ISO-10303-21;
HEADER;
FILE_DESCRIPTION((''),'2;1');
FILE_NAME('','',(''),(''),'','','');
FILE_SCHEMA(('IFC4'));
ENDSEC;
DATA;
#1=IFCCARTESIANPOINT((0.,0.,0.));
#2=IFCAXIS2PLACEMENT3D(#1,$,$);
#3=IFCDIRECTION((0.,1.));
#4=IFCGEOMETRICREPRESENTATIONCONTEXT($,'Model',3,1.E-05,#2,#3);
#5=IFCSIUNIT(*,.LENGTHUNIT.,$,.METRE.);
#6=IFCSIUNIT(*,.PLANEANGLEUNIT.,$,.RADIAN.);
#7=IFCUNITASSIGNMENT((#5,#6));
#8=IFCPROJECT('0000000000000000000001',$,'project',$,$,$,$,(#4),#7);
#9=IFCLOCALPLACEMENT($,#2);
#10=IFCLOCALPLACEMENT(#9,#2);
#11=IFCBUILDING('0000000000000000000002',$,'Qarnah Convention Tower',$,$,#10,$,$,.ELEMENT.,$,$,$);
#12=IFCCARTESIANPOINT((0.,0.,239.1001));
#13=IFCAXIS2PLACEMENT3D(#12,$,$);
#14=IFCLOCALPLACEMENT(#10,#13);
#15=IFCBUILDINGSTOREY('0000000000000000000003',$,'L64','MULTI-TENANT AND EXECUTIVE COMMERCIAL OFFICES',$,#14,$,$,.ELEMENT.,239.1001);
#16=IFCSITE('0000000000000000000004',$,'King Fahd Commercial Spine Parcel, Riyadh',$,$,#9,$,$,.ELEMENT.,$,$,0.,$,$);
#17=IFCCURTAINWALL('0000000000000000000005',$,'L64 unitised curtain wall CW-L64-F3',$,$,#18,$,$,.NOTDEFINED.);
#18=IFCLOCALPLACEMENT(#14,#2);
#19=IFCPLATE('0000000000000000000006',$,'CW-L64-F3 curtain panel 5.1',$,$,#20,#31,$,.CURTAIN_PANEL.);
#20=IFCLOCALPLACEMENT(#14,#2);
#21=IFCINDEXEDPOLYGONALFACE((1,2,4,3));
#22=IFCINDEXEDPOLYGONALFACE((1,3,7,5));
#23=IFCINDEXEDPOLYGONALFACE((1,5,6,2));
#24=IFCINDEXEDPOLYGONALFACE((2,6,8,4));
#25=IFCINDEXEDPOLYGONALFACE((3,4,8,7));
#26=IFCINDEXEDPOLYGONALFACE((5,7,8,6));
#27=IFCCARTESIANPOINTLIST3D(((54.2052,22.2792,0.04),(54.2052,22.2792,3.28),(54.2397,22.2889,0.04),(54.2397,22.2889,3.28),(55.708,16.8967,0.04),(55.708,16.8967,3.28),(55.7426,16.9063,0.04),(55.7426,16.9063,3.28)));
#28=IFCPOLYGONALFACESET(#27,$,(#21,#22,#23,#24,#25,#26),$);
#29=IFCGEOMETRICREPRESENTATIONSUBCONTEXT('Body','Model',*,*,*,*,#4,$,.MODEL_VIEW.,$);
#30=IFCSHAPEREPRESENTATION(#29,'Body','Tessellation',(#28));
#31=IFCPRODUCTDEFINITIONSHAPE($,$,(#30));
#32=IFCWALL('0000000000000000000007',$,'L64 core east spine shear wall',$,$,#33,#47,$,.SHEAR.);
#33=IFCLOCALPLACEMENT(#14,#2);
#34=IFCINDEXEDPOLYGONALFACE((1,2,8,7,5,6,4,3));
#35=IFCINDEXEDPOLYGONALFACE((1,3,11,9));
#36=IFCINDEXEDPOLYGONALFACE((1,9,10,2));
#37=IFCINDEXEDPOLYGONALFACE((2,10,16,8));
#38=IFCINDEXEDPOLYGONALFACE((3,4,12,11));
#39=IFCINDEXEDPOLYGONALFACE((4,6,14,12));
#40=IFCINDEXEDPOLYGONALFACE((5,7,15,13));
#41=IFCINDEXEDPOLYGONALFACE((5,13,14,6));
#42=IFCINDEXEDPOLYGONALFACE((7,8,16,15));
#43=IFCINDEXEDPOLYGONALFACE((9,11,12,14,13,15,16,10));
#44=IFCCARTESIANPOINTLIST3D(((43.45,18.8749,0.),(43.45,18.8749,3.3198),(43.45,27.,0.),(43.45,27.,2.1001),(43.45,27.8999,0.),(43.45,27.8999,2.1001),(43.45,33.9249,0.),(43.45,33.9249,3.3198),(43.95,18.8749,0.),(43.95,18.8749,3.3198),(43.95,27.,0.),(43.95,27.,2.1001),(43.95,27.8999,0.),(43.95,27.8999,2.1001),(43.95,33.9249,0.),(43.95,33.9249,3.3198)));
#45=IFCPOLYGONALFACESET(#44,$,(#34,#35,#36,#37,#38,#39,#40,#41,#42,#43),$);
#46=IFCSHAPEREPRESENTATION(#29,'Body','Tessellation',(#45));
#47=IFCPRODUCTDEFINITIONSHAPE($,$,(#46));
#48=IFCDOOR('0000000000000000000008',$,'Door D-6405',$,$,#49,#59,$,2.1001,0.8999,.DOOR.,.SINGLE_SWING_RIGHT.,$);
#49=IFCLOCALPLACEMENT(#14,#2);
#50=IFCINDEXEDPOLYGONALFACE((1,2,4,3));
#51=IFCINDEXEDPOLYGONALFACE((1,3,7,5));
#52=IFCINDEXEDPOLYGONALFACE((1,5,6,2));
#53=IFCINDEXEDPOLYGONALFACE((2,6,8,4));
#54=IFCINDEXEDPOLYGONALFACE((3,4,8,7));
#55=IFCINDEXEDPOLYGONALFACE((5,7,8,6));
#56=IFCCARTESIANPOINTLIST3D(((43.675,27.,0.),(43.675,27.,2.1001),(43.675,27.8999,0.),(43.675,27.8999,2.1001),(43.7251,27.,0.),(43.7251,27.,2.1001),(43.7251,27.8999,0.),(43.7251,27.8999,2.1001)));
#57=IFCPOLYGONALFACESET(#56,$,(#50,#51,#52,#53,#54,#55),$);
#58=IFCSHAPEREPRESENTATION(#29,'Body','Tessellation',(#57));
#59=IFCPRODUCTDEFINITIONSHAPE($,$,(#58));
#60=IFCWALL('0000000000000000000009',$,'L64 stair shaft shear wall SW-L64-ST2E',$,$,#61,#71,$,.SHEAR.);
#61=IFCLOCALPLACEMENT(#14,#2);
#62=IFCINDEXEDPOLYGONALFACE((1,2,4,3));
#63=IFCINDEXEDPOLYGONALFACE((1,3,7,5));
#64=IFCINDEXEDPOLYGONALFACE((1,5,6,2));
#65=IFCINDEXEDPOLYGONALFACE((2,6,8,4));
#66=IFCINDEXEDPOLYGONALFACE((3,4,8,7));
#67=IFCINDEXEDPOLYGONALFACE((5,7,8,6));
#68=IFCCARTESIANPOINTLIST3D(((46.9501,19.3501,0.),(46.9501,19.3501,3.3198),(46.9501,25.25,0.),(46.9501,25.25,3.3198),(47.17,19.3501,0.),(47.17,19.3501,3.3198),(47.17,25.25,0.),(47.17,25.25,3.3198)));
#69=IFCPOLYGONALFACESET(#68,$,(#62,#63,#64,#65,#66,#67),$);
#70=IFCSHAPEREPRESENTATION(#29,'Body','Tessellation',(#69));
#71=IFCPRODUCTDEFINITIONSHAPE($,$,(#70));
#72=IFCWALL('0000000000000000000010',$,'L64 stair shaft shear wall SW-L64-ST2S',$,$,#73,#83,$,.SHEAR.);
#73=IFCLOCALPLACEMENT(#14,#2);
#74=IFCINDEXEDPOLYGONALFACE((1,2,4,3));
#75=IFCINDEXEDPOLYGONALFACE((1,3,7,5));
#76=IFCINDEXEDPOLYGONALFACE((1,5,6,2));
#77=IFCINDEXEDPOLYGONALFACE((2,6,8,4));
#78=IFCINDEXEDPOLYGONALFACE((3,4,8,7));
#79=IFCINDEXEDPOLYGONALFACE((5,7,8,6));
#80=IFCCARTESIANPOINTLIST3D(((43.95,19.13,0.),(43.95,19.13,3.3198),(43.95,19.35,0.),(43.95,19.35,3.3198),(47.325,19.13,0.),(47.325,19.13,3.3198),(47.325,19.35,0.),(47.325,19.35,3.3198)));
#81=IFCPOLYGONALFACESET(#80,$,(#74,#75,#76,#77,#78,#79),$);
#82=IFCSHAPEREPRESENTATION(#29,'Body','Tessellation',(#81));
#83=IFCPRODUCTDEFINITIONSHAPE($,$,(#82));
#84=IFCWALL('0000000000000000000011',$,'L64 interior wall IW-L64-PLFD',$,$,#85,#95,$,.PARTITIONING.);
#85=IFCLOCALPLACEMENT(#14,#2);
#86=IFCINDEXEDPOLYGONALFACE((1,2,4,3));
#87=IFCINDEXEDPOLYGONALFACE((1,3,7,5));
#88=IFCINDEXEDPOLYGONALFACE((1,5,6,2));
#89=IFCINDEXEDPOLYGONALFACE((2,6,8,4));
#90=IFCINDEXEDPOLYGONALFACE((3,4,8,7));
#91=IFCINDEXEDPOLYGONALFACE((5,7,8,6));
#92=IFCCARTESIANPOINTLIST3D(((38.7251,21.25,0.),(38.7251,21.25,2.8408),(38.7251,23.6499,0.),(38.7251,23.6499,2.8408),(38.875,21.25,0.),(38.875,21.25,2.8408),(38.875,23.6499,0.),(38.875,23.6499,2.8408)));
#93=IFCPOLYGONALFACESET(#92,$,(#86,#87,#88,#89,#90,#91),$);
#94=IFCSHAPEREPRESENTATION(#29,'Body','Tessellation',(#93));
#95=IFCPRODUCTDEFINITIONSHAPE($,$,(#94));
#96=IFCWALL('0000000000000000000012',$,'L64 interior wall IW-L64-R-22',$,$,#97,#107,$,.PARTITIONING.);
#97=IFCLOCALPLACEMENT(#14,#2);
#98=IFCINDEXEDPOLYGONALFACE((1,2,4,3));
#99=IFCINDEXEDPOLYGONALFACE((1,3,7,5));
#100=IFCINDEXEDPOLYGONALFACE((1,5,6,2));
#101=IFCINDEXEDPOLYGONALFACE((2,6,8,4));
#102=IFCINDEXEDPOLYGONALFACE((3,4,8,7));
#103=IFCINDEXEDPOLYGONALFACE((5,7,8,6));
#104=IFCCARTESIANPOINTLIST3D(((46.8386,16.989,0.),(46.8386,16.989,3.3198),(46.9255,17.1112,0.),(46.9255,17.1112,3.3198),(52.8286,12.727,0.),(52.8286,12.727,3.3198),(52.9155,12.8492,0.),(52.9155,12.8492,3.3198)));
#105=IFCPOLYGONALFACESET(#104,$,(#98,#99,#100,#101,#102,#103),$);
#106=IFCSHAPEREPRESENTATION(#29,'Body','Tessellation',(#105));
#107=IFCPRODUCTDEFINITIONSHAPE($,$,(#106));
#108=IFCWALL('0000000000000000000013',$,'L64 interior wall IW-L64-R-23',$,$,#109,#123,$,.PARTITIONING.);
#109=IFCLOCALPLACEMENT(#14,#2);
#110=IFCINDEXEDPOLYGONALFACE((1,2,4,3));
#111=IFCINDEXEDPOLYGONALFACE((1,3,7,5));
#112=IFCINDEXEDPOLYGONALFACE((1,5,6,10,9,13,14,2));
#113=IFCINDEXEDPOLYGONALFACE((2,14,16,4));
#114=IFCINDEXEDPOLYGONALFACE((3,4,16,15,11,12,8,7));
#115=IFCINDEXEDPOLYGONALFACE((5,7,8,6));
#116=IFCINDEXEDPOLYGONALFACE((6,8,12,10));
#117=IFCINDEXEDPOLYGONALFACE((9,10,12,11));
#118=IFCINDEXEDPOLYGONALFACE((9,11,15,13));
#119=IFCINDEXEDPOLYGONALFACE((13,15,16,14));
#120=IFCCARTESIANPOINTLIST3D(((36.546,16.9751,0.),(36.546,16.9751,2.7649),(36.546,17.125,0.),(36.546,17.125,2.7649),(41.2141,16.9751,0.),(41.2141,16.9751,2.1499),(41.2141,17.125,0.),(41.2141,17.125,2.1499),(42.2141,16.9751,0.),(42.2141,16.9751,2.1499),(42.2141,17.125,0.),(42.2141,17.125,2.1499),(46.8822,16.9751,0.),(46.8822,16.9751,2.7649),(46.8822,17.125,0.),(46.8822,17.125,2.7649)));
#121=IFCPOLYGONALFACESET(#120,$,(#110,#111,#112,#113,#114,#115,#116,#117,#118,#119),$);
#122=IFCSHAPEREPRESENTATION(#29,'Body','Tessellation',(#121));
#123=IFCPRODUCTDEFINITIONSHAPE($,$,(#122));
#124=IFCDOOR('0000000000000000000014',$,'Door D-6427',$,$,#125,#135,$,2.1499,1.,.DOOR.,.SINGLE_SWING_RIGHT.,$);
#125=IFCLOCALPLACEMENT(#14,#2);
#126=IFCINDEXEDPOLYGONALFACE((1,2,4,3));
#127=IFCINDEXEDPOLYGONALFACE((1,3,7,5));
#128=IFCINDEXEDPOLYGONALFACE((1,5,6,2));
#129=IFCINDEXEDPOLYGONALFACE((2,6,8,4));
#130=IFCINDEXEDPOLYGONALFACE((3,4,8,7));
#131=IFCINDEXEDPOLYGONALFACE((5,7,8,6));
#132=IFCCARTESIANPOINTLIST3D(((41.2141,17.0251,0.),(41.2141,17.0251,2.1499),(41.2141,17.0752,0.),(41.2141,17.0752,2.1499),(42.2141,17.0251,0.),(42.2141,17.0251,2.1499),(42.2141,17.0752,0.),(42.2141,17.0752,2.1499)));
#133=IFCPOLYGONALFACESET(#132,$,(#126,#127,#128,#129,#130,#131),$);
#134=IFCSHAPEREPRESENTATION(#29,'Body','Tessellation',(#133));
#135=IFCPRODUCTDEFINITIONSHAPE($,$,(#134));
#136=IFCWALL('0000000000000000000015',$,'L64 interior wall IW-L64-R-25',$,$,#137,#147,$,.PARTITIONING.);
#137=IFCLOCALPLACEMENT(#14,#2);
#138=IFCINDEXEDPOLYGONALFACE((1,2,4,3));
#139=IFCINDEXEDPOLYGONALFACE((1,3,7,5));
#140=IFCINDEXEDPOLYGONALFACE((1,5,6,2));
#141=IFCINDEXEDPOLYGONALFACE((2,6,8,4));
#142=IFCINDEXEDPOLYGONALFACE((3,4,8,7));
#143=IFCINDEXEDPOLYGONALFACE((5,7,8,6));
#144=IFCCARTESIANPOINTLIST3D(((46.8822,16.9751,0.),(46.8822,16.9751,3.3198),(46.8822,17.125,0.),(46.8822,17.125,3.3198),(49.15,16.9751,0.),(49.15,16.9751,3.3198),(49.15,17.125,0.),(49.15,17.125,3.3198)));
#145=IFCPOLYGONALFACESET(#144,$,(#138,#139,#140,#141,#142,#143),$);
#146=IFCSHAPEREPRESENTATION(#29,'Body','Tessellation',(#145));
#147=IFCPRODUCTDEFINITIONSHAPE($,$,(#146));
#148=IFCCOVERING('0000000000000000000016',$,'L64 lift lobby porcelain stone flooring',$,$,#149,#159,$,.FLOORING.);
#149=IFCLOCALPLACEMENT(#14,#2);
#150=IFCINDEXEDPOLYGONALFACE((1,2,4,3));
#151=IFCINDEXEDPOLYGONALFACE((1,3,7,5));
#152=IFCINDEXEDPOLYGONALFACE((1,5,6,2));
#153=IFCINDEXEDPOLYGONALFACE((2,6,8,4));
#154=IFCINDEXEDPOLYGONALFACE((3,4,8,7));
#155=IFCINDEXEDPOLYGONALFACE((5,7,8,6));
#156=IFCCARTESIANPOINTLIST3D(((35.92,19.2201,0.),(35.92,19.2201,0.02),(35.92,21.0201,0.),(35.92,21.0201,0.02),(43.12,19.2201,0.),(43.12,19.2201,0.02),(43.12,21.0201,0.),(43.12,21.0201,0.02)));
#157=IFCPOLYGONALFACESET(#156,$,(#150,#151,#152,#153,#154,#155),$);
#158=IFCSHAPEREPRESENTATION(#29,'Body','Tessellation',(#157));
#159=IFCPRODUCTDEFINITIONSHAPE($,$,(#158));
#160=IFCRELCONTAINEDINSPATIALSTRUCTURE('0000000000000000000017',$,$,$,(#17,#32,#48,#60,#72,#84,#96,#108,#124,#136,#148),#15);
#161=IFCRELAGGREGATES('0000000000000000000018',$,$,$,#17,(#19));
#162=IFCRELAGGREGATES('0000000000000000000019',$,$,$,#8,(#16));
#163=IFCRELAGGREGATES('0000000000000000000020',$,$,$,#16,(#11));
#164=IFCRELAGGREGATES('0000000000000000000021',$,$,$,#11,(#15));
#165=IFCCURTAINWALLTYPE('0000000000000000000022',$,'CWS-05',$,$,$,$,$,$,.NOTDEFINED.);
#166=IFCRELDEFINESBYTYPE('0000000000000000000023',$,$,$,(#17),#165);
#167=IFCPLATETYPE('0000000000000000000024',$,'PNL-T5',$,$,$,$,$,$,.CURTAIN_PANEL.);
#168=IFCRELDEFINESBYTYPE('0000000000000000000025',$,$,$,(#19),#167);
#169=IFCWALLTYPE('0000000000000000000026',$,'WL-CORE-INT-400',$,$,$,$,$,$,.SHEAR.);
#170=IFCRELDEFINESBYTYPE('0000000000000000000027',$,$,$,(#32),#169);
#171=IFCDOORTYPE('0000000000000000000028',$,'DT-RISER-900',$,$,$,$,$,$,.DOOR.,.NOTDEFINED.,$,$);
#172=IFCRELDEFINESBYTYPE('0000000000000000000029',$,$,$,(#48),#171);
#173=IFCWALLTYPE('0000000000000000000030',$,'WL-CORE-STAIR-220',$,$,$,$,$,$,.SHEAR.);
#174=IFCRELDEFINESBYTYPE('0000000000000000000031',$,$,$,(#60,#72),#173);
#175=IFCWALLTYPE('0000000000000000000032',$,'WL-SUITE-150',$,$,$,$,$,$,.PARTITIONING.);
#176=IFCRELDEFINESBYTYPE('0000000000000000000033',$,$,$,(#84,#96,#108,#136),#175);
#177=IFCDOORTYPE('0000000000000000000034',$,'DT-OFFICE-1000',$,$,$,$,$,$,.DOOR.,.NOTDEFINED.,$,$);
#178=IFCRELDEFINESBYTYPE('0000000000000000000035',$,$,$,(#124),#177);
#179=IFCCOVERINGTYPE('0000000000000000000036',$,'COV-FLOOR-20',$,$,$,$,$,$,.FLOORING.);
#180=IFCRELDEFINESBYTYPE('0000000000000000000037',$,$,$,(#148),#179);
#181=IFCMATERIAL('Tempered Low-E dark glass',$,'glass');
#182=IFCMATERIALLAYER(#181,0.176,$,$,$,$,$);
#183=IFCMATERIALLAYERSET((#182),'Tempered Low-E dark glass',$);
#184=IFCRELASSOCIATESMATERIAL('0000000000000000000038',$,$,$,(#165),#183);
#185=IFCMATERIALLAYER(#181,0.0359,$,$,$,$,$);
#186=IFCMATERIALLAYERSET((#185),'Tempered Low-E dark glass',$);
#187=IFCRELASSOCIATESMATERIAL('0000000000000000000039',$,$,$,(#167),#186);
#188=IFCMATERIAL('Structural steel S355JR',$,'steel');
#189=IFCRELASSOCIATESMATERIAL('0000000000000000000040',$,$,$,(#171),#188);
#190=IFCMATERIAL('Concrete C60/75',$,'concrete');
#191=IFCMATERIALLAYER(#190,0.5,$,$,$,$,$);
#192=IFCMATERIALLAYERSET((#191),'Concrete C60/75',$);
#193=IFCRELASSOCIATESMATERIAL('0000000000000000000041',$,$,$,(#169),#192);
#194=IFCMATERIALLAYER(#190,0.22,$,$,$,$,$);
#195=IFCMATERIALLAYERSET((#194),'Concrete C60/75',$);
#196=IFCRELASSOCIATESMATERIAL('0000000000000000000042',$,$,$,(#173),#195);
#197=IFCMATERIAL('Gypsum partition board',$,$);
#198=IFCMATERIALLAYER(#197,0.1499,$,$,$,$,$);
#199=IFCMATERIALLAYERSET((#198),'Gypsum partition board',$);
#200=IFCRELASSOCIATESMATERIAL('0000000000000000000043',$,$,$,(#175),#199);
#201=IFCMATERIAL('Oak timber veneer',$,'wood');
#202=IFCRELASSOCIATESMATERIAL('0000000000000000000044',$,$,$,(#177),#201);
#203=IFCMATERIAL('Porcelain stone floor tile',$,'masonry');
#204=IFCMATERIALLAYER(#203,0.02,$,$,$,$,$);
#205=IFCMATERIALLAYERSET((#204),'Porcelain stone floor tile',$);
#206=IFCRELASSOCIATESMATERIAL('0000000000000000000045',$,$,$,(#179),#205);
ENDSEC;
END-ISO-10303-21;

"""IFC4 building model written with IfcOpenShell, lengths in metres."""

from ifc_helpers import new_model, si_unit, direction, frame, frame_2d, origin, origin_2d, place, context, subcontext, project, spatial, rectangle, extrude, material, layer, layer_set, type_object, element, fill, aggregate, save


model = new_model("IFC4")

# Units and contexts
model_context = context("Model", 3, precision=1e-05, world=origin(), true_north=direction((0.0, 1.0)))
body_context = subcontext(model_context, "Body", "Model", "MODEL_VIEW")
ifc_project = project(units=[si_unit("LENGTHUNIT", "METRE"), si_unit("PLANEANGLEUNIT", "RADIAN")], contexts=[model_context])

# Site, building, storey
site_placement = place(None, origin())
site = spatial("IfcSite", under=ifc_project, at=site_placement, Name="King Fahd Commercial Spine Parcel, Riyadh", CompositionType="ELEMENT", RefElevation=0.0)
building_placement = place(site_placement, origin())
building = spatial("IfcBuilding", under=site, at=building_placement, Name="Qarnah Convention Tower", CompositionType="ELEMENT")
storey_placement = place(building_placement, frame((0.0, 0.0, 239.1001)))
storey = spatial("IfcBuildingStorey", under=building, at=storey_placement, Name="L64", Description="MULTI-TENANT AND EXECUTIVE COMMERCIAL OFFICES", CompositionType="ELEMENT", Elevation=239.1001)

# Shared definitions
ifc_material_1 = material(Name="Structural steel S355JR", Category="steel")

# Shared definitions
ifc_material_2 = material(Name="Tempered Low-E dark glass", Category="glass")
ifc_layer_1 = layer(ifc_material_2, 0.176)
ifc_layer_set_1 = layer_set([ifc_layer_1], Name="Tempered Low-E dark glass")
curtain_wall_type = type_object("IfcCurtainWallType", Name="CWS-05", PredefinedType="NOTDEFINED", material=ifc_layer_set_1)

# Curtain wall
curtain_wall_1_placement = place(storey_placement, origin())
curtain_wall_1 = element("IfcCurtainWall", 1, at=curtain_wall_1_placement, inside=storey, type_object=curtain_wall_type, Name="L64 unitised curtain wall CW-L64-F3", PredefinedType="NOTDEFINED")

# Plate
ifc_layer_2 = layer(ifc_material_2, 0.0359)
ifc_layer_set_2 = layer_set([ifc_layer_2], Name="Tempered Low-E dark glass")
plate_type = type_object("IfcPlateType", Name="PNL-T5", PredefinedType="CURTAIN_PANEL", material=ifc_layer_set_2)
plate_1_placement = place(storey_placement, frame((54.9739, 19.5928, 0.04), z_axis=(0.0, 0.0, 1.0), x_axis=(0.268928, -0.96316, 0.0)))
plate_1 = element("IfcPlate", 2, at=plate_1_placement, type_object=plate_type, Name="CW-L64-F3 curtain panel 5.1", PredefinedType="CURTAIN_PANEL", context=body_context, shape_type="SweptSolid", body=[
    extrude(rectangle(XDim=5.5884, YDim=0.0359, at=origin_2d()), origin(), (0.0, 0.0, 1.0), 3.24),
])
aggregate(curtain_wall_1, [plate_1])

# Shared definitions
ifc_material_3 = material(Name="Concrete C60/75", Category="concrete")
door_type_1 = type_object("IfcDoorType", Name="DT-RISER-900", OperationType="NOTDEFINED", PredefinedType="DOOR", material=ifc_material_1)

# Wall, opening, door
ifc_layer_3 = layer(ifc_material_3, 0.5)
ifc_layer_set_3 = layer_set([ifc_layer_3], Name="Concrete C60/75")
wall_type_1 = type_object("IfcWallType", Name="WL-CORE-INT-400", PredefinedType="SHEAR", material=ifc_layer_set_3)
wall_1_placement = place(storey_placement, frame((43.7, 18.875, 0.0), z_axis=(0.0, 0.0, 1.0), x_axis=(0.0, 1.0, 0.0)))
wall_1 = element("IfcWall", 3, at=wall_1_placement, inside=storey, type_object=wall_type_1, Name="L64 core east spine shear wall", PredefinedType="SHEAR", context=body_context, shape_type="SweptSolid", body=[
    extrude(rectangle(XDim=15.05, YDim=0.5, at=frame_2d((7.5249, 0.0))), origin(), (0.0, 0.0, 1.0), 3.3198),
])
opening_1_placement = place(wall_1_placement, frame((8.125, 0.0, 0.0)))
opening_1 = element("IfcOpeningElement", 4, at=opening_1_placement, cuts=wall_1, PredefinedType="OPENING", context=body_context, shape_type="SweptSolid", body=[
    extrude(rectangle(XDim=0.8999, YDim=2.1001, at=frame_2d((0.45, 1.05))), frame((0.0, 0.26, 0.0), z_axis=(0.0, -1.0, 0.0), x_axis=(1.0, 0.0, 0.0)), (0.0, 0.0, 1.0), 0.52),
])
door_1_placement = place(opening_1_placement, origin())
door_1 = element("IfcDoor", 5, at=door_1_placement, inside=storey, type_object=door_type_1, Name="Door D-6405", OperationType="SINGLE_SWING_RIGHT", OverallHeight=2.1001, OverallWidth=0.8999, PredefinedType="DOOR", context=body_context, shape_type="SweptSolid", body=[
    extrude(rectangle(XDim=0.8999, YDim=2.1001, at=frame_2d((0.45, 1.05))), frame((0.0, 0.0249, 0.0), z_axis=(0.0, -1.0, 0.0), x_axis=(1.0, 0.0, 0.0)), (0.0, 0.0, 1.0), 0.05),
])
fill(opening_1, door_1)

# Walls
ifc_layer_4 = layer(ifc_material_3, 0.22)
ifc_layer_set_4 = layer_set([ifc_layer_4], Name="Concrete C60/75")
wall_type_2 = type_object("IfcWallType", Name="WL-CORE-STAIR-220", PredefinedType="SHEAR", material=ifc_layer_set_4)
wall_2_placement = place(storey_placement, frame((47.0601, 19.3501, 0.0), z_axis=(0.0, 0.0, 1.0), x_axis=(0.0, 1.0, 0.0)))
element("IfcWall", 6, at=wall_2_placement, inside=storey, type_object=wall_type_2, Name="L64 stair shaft shear wall SW-L64-ST2E", PredefinedType="SHEAR", context=body_context, shape_type="SweptSolid", body=[
    extrude(rectangle(XDim=5.8999, YDim=0.22, at=frame_2d((2.95, 0.0))), origin(), (0.0, 0.0, 1.0), 3.3198),
])
wall_3_placement = place(storey_placement, frame((43.95, 19.24, 0.0), z_axis=(0.0, 0.0, 1.0), x_axis=(1.0, 0.0, 0.0)))
element("IfcWall", 7, at=wall_3_placement, inside=storey, type_object=wall_type_2, Name="L64 stair shaft shear wall SW-L64-ST2S", PredefinedType="SHEAR", context=body_context, shape_type="SweptSolid", body=[
    extrude(rectangle(XDim=3.375, YDim=0.22, at=frame_2d((1.6875, 0.0))), origin(), (0.0, 0.0, 1.0), 3.3198),
])

# Walls
ifc_material_4 = material(Name="Gypsum partition board")
ifc_layer_5 = layer(ifc_material_4, 0.1499)
ifc_layer_set_5 = layer_set([ifc_layer_5], Name="Gypsum partition board")
wall_type_3 = type_object("IfcWallType", Name="WL-SUITE-150", PredefinedType="PARTITIONING", material=ifc_layer_set_5)
wall_4_placement = place(storey_placement, frame((38.8, 21.25, 0.0), z_axis=(0.0, 0.0, 1.0), x_axis=(0.0, 1.0, 0.0)))
element("IfcWall", 8, at=wall_4_placement, inside=storey, type_object=wall_type_3, Name="L64 interior wall IW-L64-PLFD", PredefinedType="PARTITIONING", context=body_context, shape_type="SweptSolid", body=[
    extrude(rectangle(XDim=2.3999, YDim=0.1499, at=frame_2d((1.2, 0.0))), origin(), (0.0, 0.0, 1.0), 2.8408),
])
wall_5_placement = place(storey_placement, frame((52.8721, 12.7881, 0.0), z_axis=(0.0, 0.0, 1.0), x_axis=(-0.8148, 0.579742, 0.0)))
element("IfcWall", 9, at=wall_5_placement, inside=storey, type_object=wall_type_3, Name="L64 interior wall IW-L64-R-22", PredefinedType="PARTITIONING", context=body_context, shape_type="SweptSolid", body=[
    extrude(rectangle(XDim=7.3516, YDim=0.1499, at=frame_2d((3.6758, 0.0))), origin(), (0.0, 0.0, 1.0), 3.3198),
])

# Wall, opening, door
wall_6_placement = place(storey_placement, frame((46.8821, 17.05, 0.0), z_axis=(0.0, 0.0, 1.0), x_axis=(-1.0, 0.0, 0.0)))
wall_6 = element("IfcWall", 10, at=wall_6_placement, inside=storey, type_object=wall_type_3, Name="L64 interior wall IW-L64-R-23", PredefinedType="PARTITIONING", context=body_context, shape_type="SweptSolid", body=[
    extrude(rectangle(XDim=10.3362, YDim=0.1499, at=frame_2d((5.168, 0.0))), origin(), (0.0, 0.0, 1.0), 2.7649),
])
opening_2_placement = place(wall_6_placement, frame((4.668, 0.0, 0.0)))
opening_2 = element("IfcOpeningElement", 11, at=opening_2_placement, cuts=wall_6, PredefinedType="OPENING", context=body_context, shape_type="SweptSolid", body=[
    extrude(rectangle(XDim=1.0, YDim=2.1499, at=frame_2d((0.5, 1.075))), frame((0.0, 0.085, 0.0), z_axis=(0.0, -1.0, 0.0), x_axis=(1.0, 0.0, 0.0)), (0.0, 0.0, 1.0), 0.1699),
])
ifc_material_5 = material(Name="Oak timber veneer", Category="wood")
door_type_2 = type_object("IfcDoorType", Name="DT-OFFICE-1000", OperationType="NOTDEFINED", PredefinedType="DOOR", material=ifc_material_5)
door_2_placement = place(opening_2_placement, origin())
door_2 = element("IfcDoor", 12, at=door_2_placement, inside=storey, type_object=door_type_2, Name="Door D-6427", OperationType="SINGLE_SWING_RIGHT", OverallHeight=2.1499, OverallWidth=1.0, PredefinedType="DOOR", context=body_context, shape_type="SweptSolid", body=[
    extrude(rectangle(XDim=1.0, YDim=2.1499, at=frame_2d((0.5, 1.075))), frame((0.0, 0.0249, 0.0), z_axis=(0.0, -1.0, 0.0), x_axis=(1.0, 0.0, 0.0)), (0.0, 0.0, 1.0), 0.05),
])
fill(opening_2, door_2)

# Wall
wall_7_placement = place(storey_placement, frame((49.1499, 17.05, 0.0), z_axis=(0.0, 0.0, 1.0), x_axis=(-1.0, 0.0, 0.0)))
element("IfcWall", 13, at=wall_7_placement, inside=storey, type_object=wall_type_3, Name="L64 interior wall IW-L64-R-25", PredefinedType="PARTITIONING", context=body_context, shape_type="SweptSolid", body=[
    extrude(rectangle(XDim=2.2678, YDim=0.1499, at=frame_2d((1.1338, 0.0))), origin(), (0.0, 0.0, 1.0), 3.3198),
])

# Covering
ifc_material_6 = material(Name="Porcelain stone floor tile", Category="masonry")
ifc_layer_6 = layer(ifc_material_6, 0.02)
ifc_layer_set_6 = layer_set([ifc_layer_6], Name="Porcelain stone floor tile")
covering_type = type_object("IfcCoveringType", Name="COV-FLOOR-20", PredefinedType="FLOORING", material=ifc_layer_set_6)
covering_placement = place(storey_placement, frame((39.52, 20.1201, 0.0), z_axis=(0.0, 0.0, 1.0), x_axis=(1.0, 0.0, 0.0)))
element("IfcCovering", 14, at=covering_placement, inside=storey, type_object=covering_type, Name="L64 lift lobby porcelain stone flooring", PredefinedType="FLOORING", context=body_context, shape_type="SweptSolid", body=[
    extrude(rectangle(XDim=7.2, YDim=1.8, at=origin_2d()), origin(), (0.0, 0.0, 1.0), 0.02),
])

save(model, "model.ifc")
